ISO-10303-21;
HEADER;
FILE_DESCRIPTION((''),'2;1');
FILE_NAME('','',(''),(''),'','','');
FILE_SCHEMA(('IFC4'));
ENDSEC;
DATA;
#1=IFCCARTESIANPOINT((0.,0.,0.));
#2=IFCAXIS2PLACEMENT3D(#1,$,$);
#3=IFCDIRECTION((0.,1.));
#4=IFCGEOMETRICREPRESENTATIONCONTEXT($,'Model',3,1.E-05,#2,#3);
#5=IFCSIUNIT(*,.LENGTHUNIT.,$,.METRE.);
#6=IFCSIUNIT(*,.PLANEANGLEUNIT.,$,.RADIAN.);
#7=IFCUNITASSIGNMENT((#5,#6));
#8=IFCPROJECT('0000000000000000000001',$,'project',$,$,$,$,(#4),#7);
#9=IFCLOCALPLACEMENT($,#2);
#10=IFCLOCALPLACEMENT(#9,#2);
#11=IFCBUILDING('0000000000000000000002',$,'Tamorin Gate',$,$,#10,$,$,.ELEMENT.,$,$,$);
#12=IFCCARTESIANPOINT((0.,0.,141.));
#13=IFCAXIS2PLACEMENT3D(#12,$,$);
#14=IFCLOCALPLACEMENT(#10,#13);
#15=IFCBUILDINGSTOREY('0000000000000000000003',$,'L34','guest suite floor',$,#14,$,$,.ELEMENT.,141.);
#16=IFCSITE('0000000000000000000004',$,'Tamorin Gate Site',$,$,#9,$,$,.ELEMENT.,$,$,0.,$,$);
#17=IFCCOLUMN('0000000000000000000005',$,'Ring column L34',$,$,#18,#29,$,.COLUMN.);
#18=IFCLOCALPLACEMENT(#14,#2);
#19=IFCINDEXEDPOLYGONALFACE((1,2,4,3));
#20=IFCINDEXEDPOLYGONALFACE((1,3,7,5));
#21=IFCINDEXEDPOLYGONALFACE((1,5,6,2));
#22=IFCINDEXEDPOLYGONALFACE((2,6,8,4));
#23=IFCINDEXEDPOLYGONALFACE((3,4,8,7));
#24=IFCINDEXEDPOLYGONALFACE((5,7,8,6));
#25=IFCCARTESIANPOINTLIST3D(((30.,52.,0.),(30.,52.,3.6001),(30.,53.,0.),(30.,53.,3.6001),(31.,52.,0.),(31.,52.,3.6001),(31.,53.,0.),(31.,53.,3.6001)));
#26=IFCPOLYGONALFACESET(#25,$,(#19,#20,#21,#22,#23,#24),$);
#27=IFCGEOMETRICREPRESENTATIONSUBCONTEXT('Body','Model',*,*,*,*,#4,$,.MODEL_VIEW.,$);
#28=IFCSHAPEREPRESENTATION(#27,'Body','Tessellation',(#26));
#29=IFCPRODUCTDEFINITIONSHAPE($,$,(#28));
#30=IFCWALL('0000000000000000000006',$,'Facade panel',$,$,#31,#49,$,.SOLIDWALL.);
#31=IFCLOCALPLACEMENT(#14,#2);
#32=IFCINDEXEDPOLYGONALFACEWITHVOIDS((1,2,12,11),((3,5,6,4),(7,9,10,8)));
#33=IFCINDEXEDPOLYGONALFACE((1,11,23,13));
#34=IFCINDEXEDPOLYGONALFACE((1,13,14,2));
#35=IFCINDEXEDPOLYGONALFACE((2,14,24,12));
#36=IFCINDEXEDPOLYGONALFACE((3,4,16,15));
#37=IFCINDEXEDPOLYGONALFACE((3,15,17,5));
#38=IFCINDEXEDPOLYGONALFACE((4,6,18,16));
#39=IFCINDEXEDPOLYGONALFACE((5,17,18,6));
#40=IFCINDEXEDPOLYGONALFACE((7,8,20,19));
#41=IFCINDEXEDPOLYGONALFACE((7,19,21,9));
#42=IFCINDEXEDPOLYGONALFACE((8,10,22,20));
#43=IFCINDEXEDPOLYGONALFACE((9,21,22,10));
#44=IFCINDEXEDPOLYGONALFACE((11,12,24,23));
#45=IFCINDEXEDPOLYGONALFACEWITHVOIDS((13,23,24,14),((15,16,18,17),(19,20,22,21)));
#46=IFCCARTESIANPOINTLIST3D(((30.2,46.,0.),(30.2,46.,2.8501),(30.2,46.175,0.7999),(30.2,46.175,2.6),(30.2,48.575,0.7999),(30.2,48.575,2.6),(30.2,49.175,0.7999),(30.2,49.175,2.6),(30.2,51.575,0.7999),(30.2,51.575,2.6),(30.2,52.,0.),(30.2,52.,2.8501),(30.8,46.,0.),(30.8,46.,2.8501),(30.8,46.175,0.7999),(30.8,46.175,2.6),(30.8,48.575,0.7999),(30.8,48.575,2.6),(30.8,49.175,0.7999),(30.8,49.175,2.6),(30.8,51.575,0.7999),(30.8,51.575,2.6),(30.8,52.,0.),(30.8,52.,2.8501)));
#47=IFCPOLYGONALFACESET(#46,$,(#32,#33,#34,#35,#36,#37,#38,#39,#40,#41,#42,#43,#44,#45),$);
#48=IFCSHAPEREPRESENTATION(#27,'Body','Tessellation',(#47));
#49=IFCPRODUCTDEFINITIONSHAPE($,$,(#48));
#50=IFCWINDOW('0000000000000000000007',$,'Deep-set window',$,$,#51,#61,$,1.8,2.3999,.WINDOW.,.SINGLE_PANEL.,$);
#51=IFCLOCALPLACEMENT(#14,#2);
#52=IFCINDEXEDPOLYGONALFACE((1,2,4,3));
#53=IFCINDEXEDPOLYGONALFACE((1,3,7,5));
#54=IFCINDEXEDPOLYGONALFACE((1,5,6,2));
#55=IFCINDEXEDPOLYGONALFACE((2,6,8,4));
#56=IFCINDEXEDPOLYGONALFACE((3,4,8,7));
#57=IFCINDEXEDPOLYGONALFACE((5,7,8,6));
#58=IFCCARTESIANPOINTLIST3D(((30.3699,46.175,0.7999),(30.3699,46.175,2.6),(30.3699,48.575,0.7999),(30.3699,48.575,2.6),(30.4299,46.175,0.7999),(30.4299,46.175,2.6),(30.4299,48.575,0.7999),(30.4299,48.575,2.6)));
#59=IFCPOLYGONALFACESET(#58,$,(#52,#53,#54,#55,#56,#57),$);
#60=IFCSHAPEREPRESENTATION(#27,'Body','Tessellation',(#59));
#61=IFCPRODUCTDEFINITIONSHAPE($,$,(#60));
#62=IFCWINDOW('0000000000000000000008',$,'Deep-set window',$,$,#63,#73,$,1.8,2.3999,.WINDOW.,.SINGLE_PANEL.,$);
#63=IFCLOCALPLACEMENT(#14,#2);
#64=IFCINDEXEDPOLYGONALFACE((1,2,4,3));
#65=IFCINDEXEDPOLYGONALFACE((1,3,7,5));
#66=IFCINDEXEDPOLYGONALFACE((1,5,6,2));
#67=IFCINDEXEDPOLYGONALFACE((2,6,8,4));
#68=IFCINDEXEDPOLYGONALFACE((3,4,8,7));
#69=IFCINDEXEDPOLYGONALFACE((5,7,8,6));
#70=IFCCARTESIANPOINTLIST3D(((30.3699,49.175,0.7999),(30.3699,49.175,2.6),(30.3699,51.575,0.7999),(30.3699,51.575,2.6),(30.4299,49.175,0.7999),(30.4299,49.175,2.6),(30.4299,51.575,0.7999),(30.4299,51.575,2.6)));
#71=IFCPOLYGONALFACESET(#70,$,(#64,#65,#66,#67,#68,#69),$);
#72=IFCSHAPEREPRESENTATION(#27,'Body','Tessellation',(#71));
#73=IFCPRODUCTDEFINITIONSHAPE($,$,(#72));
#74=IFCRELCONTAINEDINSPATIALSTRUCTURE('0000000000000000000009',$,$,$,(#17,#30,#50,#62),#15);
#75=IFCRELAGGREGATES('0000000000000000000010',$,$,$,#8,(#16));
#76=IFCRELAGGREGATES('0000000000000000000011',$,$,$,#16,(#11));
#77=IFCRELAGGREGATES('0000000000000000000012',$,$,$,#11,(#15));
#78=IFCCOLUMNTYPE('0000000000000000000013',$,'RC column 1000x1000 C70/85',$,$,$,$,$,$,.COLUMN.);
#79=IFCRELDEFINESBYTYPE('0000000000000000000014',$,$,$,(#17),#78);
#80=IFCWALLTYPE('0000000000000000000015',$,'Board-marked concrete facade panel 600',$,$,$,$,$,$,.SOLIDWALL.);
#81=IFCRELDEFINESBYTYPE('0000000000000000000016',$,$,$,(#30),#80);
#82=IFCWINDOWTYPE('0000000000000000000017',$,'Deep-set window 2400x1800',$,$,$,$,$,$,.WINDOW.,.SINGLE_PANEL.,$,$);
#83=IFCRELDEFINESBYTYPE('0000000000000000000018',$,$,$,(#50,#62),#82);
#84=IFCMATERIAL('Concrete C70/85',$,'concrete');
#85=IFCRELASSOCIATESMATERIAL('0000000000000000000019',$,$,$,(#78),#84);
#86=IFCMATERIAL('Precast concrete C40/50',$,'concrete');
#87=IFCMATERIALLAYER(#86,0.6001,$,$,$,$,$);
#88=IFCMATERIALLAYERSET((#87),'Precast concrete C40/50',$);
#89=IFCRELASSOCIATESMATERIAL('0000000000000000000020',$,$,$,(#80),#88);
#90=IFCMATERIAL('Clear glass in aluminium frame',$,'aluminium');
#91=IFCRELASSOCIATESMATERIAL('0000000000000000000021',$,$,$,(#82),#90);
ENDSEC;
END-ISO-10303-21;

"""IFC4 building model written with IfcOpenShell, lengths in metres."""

from ifc_helpers import new_model, si_unit, direction, frame, frame_2d, origin, origin_2d, place, context, subcontext, project, spatial, rectangle, extrude, material, layer, layer_set, material_profile, profile_set, type_object, element, fill, save


model = new_model("IFC4")

# Units and contexts
model_context = context("Model", 3, precision=1e-05, world=origin(), true_north=direction((0.0, 1.0)))
body_context = subcontext(model_context, "Body", "Model", "MODEL_VIEW")
ifc_project = project(units=[si_unit("LENGTHUNIT", "METRE"), si_unit("PLANEANGLEUNIT", "RADIAN")], contexts=[model_context])

# Site, building, storey
site_placement = place(None, origin())
site = spatial("IfcSite", under=ifc_project, at=site_placement, Name="Tamorin Gate Site", CompositionType="ELEMENT", RefElevation=0.0)
building_placement = place(site_placement, origin())
building = spatial("IfcBuilding", under=site, at=building_placement, Name="Tamorin Gate", CompositionType="ELEMENT")
storey_placement = place(building_placement, frame((0.0, 0.0, 141.0)))
storey = spatial("IfcBuildingStorey", under=building, at=storey_placement, Name="L34", Description="guest suite floor", CompositionType="ELEMENT", Elevation=141.0)

# Column
ifc_material_1 = material(Name="Concrete C70/85", Category="concrete")
ifc_material_profile = material_profile(ifc_material_1, rectangle(XDim=1.0, YDim=1.0, at=origin_2d()), Name="RC 1000x1000")
ifc_profile_set = profile_set([ifc_material_profile], Name="Concrete C70/85")
column_type = type_object("IfcColumnType", Name="RC column 1000x1000 C70/85", PredefinedType="COLUMN", material=ifc_profile_set)
column_placement = place(storey_placement, frame((30.5, 52.5, 0.0), z_axis=(0.0, 0.0, 1.0), x_axis=(1.0, 0.0, 0.0)))
element("IfcColumn", 1, at=column_placement, inside=storey, type_object=column_type, Name="Ring column L34", PredefinedType="COLUMN", context=body_context, shape_type="SweptSolid", body=[
    extrude(rectangle(XDim=1.0, YDim=1.0, at=origin_2d()), origin(), (0.0, 0.0, 1.0), 3.6001),
])

# Wall, openings, windows
ifc_material_2 = material(Name="Precast concrete C40/50", Category="concrete")
ifc_layer_1 = layer(ifc_material_2, 0.6001)
ifc_layer_set_1 = layer_set([ifc_layer_1], Name="Precast concrete C40/50")
wall_type_1 = type_object("IfcWallType", Name="Board-marked concrete facade panel 600", PredefinedType="SOLIDWALL", material=ifc_layer_set_1)
wall_1_placement = place(storey_placement, frame((30.5, 52.0, 0.0), z_axis=(0.0, 0.0, 1.0), x_axis=(0.0, -1.0, 0.0)))
wall_1 = element("IfcWall", 2, at=wall_1_placement, inside=storey, type_object=wall_type_1, Name="Facade panel", PredefinedType="SOLIDWALL", context=body_context, shape_type="SweptSolid", body=[
    extrude(rectangle(XDim=6.0, YDim=0.6001, at=frame_2d((3.0, 0.0))), origin(), (0.0, 0.0, 1.0), 2.8501),
])
opening_1_placement = place(wall_1_placement, frame((3.425, 0.0, 0.8)))
opening_1 = element("IfcOpeningElement", 3, at=opening_1_placement, cuts=wall_1, PredefinedType="OPENING", context=body_context, shape_type="SweptSolid", body=[
    extrude(rectangle(XDim=2.3999, YDim=1.8, at=frame_2d((1.2, 0.8999))), frame((0.0, 0.3101, 0.0), z_axis=(0.0, -1.0, 0.0), x_axis=(1.0, 0.0, 0.0)), (0.0, 0.0, 1.0), 0.6201),
])
opening_2_placement = place(wall_1_placement, frame((0.425, 0.0, 0.8)))
opening_2 = element("IfcOpeningElement", 4, at=opening_2_placement, cuts=wall_1, PredefinedType="OPENING", context=body_context, shape_type="SweptSolid", body=[
    extrude(rectangle(XDim=2.3999, YDim=1.8, at=frame_2d((1.2, 0.8999))), frame((0.0, 0.3101, 0.0), z_axis=(0.0, -1.0, 0.0), x_axis=(1.0, 0.0, 0.0)), (0.0, 0.0, 1.0), 0.6201),
])
ifc_material_3 = material(Name="Clear glass in aluminium frame", Category="aluminium")
window_type = type_object("IfcWindowType", Name="Deep-set window 2400x1800", PartitioningType="SINGLE_PANEL", PredefinedType="WINDOW", material=ifc_material_3)
window_1_placement = place(opening_1_placement, origin())
window_1 = element("IfcWindow", 5, at=window_1_placement, inside=storey, type_object=window_type, Name="Deep-set window", OverallHeight=1.8, OverallWidth=2.3999, PartitioningType="SINGLE_PANEL", PredefinedType="WINDOW", context=body_context, shape_type="SweptSolid", body=[
    extrude(rectangle(XDim=2.3999, YDim=1.8, at=frame_2d((1.2, 0.8999))), frame((0.0, -0.0701, 0.0), z_axis=(0.0, -1.0, 0.0), x_axis=(1.0, 0.0, 0.0)), (0.0, 0.0, 1.0), 0.0601),
])
fill(opening_1, window_1)
window_2_placement = place(opening_2_placement, origin())
window_2 = element("IfcWindow", 6, at=window_2_placement, inside=storey, type_object=window_type, Name="Deep-set window", OverallHeight=1.8, OverallWidth=2.3999, PartitioningType="SINGLE_PANEL", PredefinedType="WINDOW", context=body_context, shape_type="SweptSolid", body=[
    extrude(rectangle(XDim=2.3999, YDim=1.8, at=frame_2d((1.2, 0.8999))), frame((0.0, -0.0701, 0.0), z_axis=(0.0, -1.0, 0.0), x_axis=(1.0, 0.0, 0.0)), (0.0, 0.0, 1.0), 0.0601),
])
fill(opening_2, window_2)

save(model, "model.ifc")
